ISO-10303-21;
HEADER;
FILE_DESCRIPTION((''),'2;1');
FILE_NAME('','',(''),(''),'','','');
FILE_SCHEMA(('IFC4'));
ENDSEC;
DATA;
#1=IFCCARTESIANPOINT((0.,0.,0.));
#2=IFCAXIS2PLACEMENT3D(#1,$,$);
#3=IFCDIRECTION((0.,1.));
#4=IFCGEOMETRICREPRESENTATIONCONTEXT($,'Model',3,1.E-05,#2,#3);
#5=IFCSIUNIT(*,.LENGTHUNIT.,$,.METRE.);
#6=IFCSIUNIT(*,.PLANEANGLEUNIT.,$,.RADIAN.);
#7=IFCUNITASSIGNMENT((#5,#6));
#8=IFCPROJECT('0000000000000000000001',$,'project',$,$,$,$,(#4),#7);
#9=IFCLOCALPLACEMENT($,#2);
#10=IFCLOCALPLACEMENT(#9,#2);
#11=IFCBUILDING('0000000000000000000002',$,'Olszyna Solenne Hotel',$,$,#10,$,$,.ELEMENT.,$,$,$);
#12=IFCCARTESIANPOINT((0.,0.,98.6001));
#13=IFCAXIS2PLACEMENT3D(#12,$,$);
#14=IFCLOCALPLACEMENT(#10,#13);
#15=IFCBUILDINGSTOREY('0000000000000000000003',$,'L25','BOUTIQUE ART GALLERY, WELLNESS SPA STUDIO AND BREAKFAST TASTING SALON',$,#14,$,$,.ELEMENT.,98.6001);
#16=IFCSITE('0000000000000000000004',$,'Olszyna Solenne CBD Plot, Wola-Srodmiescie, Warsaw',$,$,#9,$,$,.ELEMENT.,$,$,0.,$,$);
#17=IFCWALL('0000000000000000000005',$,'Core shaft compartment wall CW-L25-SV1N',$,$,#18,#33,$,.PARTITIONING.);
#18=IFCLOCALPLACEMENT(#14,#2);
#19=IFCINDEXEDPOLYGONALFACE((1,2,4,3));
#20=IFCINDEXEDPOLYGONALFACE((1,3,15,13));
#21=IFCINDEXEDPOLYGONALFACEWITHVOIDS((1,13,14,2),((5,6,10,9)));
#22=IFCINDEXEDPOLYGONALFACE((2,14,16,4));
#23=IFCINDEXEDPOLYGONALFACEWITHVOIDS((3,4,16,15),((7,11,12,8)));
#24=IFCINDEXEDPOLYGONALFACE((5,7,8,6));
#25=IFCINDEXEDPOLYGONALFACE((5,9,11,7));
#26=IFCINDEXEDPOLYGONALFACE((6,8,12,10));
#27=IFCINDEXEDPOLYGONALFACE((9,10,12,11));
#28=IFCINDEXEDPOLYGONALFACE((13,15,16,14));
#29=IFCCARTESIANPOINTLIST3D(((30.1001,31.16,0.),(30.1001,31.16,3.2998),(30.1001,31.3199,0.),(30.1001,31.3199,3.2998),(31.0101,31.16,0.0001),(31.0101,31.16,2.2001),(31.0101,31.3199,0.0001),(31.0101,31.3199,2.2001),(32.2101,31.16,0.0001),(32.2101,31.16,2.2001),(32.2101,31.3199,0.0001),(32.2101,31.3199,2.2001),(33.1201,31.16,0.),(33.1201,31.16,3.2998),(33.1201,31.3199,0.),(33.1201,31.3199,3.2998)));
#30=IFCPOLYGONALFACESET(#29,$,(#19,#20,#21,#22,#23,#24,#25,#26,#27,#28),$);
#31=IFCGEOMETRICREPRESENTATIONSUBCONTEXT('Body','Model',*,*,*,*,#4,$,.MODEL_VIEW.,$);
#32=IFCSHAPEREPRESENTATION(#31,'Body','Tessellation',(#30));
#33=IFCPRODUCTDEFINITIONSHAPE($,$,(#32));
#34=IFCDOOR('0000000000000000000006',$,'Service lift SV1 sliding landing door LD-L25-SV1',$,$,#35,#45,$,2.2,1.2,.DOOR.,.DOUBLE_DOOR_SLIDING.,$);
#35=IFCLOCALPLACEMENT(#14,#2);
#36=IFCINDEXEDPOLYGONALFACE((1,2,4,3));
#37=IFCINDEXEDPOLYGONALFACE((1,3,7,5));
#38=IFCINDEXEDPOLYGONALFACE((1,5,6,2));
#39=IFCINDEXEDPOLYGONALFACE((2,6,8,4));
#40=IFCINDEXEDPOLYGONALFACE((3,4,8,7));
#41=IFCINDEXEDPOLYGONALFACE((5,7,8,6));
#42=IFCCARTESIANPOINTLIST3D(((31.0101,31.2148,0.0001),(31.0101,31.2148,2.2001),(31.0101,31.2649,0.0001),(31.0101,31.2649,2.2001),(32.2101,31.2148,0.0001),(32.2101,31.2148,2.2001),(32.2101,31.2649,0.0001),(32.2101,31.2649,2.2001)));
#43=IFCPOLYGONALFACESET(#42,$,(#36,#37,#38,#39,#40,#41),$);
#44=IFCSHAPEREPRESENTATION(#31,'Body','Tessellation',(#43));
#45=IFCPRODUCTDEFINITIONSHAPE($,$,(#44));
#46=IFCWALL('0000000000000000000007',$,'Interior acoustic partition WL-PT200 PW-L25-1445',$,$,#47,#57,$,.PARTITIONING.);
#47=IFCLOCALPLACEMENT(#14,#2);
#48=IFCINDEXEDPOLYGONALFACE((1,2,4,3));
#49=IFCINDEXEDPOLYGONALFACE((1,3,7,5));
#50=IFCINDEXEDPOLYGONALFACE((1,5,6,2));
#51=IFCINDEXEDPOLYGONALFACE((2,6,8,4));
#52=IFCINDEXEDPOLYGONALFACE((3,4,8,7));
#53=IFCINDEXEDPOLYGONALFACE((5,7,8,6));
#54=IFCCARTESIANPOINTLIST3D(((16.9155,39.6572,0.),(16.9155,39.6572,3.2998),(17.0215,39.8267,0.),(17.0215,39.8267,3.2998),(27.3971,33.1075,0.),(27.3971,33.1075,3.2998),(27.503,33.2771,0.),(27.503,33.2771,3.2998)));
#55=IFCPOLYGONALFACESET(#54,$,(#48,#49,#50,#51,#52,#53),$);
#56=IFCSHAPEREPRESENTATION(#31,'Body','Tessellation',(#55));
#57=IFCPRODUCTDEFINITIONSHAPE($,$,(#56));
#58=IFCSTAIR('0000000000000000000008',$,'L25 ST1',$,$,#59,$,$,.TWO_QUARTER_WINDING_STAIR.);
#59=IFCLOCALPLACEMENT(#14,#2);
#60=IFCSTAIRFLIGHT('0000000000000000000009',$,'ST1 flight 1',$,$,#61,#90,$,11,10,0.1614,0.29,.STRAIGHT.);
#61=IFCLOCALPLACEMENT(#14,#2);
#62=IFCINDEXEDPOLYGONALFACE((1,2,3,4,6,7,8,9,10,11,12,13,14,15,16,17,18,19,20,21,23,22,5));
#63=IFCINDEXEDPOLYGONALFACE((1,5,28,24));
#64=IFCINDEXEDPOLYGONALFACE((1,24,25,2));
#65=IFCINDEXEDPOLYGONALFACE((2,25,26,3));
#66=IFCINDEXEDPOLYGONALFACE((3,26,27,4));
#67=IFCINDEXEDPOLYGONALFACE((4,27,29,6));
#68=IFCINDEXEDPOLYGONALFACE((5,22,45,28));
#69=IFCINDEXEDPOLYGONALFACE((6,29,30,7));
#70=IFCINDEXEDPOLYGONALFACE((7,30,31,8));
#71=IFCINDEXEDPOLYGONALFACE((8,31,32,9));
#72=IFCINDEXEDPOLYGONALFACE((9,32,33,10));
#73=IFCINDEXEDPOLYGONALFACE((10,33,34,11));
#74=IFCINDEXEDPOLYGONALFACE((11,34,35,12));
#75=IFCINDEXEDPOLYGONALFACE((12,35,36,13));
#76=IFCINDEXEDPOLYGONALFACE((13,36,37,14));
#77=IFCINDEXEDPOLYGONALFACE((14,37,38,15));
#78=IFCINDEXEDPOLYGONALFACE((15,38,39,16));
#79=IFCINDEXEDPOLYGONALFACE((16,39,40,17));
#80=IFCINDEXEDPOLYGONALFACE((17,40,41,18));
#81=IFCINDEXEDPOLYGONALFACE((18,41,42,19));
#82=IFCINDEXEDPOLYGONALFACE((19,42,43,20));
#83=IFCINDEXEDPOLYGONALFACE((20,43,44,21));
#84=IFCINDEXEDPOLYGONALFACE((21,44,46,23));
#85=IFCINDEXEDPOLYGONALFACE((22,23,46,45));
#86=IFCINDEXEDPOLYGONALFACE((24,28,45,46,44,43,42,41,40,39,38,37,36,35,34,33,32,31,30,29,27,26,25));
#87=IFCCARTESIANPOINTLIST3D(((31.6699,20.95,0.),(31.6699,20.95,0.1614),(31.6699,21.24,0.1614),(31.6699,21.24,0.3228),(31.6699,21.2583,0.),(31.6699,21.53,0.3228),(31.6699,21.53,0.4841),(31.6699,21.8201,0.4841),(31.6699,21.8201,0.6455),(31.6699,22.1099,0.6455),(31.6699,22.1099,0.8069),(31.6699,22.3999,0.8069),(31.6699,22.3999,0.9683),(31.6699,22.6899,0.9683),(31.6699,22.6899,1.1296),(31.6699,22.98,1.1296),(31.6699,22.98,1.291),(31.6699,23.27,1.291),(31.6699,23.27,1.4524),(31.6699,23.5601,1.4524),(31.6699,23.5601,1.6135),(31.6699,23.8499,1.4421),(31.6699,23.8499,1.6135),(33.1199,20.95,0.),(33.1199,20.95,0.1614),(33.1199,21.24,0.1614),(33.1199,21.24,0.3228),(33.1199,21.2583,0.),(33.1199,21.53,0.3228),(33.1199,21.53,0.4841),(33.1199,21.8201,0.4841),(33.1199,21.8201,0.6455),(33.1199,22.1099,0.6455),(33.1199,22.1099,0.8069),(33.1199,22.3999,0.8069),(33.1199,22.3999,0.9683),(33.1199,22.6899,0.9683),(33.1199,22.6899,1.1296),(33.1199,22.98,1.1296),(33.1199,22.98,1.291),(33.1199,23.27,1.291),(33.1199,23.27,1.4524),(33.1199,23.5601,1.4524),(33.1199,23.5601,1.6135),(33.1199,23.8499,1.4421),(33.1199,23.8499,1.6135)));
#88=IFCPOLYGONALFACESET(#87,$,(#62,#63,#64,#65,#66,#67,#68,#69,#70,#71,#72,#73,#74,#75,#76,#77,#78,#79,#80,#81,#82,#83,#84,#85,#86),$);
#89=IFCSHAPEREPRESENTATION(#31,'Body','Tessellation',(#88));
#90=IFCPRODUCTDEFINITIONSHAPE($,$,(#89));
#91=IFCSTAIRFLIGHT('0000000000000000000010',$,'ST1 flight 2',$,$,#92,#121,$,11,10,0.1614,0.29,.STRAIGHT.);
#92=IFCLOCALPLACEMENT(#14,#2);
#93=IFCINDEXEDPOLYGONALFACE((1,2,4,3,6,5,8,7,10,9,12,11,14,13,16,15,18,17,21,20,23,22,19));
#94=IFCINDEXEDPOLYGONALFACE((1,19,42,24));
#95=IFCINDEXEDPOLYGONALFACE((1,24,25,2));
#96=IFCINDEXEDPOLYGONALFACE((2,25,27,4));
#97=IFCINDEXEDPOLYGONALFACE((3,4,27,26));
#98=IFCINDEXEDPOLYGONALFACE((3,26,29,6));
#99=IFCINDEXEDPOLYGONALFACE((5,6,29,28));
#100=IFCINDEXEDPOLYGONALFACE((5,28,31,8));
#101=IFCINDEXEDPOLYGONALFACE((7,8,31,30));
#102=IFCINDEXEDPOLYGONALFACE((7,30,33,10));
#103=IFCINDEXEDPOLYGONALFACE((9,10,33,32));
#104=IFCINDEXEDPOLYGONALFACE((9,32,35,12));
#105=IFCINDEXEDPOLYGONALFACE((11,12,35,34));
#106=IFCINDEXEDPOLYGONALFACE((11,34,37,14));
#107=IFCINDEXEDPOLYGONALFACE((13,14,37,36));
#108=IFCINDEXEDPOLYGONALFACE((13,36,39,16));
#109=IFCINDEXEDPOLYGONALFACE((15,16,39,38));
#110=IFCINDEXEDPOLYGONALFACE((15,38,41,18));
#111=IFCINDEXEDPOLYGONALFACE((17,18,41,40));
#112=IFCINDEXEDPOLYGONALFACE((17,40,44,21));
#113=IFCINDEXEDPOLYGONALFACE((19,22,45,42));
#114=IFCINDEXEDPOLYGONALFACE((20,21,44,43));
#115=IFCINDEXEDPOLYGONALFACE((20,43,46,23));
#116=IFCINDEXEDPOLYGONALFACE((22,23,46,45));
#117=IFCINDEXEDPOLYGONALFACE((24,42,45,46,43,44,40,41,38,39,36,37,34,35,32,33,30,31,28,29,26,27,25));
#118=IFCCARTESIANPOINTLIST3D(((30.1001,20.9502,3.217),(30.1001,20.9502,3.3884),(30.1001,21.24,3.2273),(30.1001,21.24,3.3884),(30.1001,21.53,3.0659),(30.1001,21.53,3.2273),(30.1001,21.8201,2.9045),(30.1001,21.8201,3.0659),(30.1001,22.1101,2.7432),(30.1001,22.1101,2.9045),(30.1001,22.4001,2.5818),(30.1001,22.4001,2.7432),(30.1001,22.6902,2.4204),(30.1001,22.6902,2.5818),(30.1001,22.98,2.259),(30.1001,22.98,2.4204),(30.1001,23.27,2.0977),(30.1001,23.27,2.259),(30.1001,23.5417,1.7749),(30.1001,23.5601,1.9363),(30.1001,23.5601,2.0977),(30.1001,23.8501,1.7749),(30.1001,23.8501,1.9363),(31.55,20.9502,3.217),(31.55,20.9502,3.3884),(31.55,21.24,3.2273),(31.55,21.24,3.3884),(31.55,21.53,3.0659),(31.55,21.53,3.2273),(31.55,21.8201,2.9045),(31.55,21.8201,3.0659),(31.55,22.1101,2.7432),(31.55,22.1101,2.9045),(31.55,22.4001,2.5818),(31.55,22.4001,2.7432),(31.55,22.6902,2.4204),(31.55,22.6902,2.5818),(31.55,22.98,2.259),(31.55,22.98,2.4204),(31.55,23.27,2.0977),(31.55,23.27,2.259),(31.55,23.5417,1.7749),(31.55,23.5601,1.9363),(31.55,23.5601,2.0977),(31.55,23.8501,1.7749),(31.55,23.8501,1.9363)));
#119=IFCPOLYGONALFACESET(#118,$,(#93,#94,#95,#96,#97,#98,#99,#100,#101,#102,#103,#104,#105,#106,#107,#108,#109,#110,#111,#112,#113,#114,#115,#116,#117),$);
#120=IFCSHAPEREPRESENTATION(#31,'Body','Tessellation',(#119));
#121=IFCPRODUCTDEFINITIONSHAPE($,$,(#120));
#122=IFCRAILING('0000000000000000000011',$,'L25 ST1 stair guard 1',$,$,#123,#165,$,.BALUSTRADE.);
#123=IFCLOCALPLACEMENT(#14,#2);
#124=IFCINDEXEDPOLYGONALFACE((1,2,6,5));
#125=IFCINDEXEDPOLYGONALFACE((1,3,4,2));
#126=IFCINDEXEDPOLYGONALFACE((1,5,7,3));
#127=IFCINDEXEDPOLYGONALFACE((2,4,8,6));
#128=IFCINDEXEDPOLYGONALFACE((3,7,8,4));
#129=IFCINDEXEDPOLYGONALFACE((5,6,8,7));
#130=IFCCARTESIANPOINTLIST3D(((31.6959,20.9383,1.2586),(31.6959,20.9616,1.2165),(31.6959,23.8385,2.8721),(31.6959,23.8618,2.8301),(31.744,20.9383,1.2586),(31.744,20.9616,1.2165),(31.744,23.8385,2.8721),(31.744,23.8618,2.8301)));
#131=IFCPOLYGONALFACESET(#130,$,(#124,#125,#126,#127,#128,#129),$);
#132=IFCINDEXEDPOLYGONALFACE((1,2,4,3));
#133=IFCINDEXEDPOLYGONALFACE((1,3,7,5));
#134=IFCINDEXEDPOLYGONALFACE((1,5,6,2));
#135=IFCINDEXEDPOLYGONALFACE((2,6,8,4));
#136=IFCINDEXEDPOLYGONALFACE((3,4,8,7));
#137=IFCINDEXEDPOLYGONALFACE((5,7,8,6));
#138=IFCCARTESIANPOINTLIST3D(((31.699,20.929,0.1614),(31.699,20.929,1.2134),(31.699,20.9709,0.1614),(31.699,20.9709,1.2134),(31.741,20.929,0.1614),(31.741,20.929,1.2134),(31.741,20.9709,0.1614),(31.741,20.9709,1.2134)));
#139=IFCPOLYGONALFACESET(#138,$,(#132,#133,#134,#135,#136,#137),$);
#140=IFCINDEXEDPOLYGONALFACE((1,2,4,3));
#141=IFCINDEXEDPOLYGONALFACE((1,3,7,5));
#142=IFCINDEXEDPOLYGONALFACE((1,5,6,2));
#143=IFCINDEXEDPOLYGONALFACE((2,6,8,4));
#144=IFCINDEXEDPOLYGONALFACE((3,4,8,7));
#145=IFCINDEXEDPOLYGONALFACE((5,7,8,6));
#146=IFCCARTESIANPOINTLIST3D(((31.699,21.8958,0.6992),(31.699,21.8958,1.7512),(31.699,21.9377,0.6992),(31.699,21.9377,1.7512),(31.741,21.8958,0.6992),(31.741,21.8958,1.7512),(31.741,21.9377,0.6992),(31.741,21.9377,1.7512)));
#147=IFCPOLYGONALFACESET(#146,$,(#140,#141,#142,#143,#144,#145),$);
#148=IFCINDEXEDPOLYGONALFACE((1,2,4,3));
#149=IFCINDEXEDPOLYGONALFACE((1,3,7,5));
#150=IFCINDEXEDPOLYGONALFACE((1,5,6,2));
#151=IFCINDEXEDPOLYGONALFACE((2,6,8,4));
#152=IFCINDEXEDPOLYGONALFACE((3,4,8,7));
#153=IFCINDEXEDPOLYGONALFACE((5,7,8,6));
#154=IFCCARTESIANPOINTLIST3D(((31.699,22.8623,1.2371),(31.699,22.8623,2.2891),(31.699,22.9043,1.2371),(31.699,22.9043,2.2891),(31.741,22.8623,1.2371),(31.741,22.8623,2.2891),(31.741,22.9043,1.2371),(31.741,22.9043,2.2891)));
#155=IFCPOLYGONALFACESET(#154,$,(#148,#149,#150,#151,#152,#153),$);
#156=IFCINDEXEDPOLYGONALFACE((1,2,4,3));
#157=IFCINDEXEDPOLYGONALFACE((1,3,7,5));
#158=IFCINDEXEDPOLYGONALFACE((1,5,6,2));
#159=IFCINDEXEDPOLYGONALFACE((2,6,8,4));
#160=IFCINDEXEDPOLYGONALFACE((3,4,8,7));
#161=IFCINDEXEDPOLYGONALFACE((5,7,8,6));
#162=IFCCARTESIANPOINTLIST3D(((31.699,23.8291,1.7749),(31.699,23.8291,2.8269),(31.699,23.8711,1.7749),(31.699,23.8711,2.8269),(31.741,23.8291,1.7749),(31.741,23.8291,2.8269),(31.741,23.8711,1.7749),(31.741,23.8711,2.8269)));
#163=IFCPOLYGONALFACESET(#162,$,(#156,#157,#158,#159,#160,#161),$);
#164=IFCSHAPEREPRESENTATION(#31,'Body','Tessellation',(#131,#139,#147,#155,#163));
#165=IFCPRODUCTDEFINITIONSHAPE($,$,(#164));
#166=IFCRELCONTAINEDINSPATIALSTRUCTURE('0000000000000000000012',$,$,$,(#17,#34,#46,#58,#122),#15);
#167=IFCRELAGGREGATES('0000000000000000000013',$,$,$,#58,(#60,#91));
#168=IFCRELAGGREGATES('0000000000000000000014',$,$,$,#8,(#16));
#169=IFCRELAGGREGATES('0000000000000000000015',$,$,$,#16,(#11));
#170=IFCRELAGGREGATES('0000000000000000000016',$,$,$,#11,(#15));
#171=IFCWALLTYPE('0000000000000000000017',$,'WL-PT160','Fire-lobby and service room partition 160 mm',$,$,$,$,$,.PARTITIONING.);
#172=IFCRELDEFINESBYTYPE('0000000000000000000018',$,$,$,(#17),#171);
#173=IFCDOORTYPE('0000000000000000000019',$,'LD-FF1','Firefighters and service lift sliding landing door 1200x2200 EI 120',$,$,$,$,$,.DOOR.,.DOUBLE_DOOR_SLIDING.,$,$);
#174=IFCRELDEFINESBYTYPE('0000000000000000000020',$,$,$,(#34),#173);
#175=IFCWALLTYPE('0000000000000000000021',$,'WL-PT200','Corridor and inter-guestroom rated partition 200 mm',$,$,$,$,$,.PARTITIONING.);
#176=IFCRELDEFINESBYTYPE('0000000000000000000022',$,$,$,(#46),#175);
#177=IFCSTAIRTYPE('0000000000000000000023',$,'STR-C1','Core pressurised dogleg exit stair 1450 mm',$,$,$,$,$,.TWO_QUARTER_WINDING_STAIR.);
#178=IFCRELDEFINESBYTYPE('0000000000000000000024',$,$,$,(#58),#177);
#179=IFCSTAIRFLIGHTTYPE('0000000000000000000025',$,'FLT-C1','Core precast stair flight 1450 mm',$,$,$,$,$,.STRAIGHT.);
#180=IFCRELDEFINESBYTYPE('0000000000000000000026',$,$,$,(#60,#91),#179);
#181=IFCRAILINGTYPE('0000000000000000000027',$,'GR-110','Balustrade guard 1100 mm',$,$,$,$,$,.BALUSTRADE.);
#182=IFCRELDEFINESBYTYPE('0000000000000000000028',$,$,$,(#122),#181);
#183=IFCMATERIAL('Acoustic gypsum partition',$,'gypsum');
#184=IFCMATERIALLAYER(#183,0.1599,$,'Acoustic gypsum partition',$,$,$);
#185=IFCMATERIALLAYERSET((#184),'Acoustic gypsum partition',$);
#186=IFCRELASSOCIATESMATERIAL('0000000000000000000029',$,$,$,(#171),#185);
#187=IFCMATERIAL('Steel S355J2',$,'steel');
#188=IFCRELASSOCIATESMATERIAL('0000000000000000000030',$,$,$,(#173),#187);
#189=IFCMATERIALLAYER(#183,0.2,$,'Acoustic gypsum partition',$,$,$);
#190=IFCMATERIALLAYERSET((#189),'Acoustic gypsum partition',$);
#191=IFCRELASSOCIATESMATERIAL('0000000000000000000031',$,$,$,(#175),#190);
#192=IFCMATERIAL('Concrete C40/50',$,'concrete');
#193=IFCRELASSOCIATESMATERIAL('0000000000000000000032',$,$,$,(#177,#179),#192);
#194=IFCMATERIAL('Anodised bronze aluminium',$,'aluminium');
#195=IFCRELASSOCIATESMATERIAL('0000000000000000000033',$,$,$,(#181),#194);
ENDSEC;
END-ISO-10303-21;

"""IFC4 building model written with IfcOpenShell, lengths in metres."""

from ifc_helpers import new_model, si_unit, direction, frame, frame_2d, origin, origin_2d, place, context, subcontext, project, spatial, polyline, rectangle, outline, extrude, source, transform, mapped, material, layer, layer_set, type_object, type_shapes, element, fill, aggregate, save


model = new_model("IFC4")

# Units and contexts
model_context = context("Model", 3, precision=1e-05, world=origin(), true_north=direction((0.0, 1.0)))
body_context = subcontext(model_context, "Body", "Model", "MODEL_VIEW")
ifc_project = project(units=[si_unit("LENGTHUNIT", "METRE"), si_unit("PLANEANGLEUNIT", "RADIAN")], contexts=[model_context])

# Site, building, storey
site_placement = place(None, origin())
site = spatial("IfcSite", under=ifc_project, at=site_placement, Name="Olszyna Solenne CBD Plot, Wola-Srodmiescie, Warsaw", CompositionType="ELEMENT", RefElevation=0.0)
building_placement = place(site_placement, origin())
building = spatial("IfcBuilding", under=site, at=building_placement, Name="Olszyna Solenne Hotel", CompositionType="ELEMENT")
storey_placement = place(building_placement, frame((0.0, 0.0, 98.6001)))
storey = spatial("IfcBuildingStorey", under=building, at=storey_placement, Name="L25", Description="BOUTIQUE ART GALLERY, WELLNESS SPA STUDIO AND BREAKFAST TASTING SALON", CompositionType="ELEMENT", Elevation=98.6001)

# Shared definitions
ifc_material_1 = material(Name="Steel S355J2", Category="steel")

# Shared definitions
ifc_material_2 = material(Name="Anodised bronze aluminium", Category="aluminium")

# Shared definitions
ifc_material_3 = material(Name="Acoustic gypsum partition", Category="gypsum")
ifc_layer_1 = layer(ifc_material_3, 0.1599, Name="Acoustic gypsum partition")
ifc_layer_set_1 = layer_set([ifc_layer_1], Name="Acoustic gypsum partition")
wall_type_1 = type_object("IfcWallType", Name="WL-PT160", Description="Fire-lobby and service room partition 160 mm", PredefinedType="PARTITIONING", material=ifc_layer_set_1)

# Wall, opening, door
wall_1_placement = place(storey_placement, frame((30.1001, 31.24, 0.0), z_axis=(0.0, 0.0, 1.0), x_axis=(1.0, 0.0, 0.0)))
wall_1 = element("IfcWall", 1, at=wall_1_placement, inside=storey, type_object=wall_type_1, Name="Core shaft compartment wall CW-L25-SV1N", PredefinedType="PARTITIONING", context=body_context, shape_type="SweptSolid", body=[
    extrude(rectangle(XDim=3.02, YDim=0.1599, at=frame_2d((1.51, 0.0))), origin(), (0.0, 0.0, 1.0), 3.2998),
])
opening_1_placement = place(wall_1_placement, frame((0.9099, 0.0, 0.0)))
opening_1 = element("IfcOpeningElement", 2, at=opening_1_placement, cuts=wall_1, PredefinedType="OPENING", context=body_context, shape_type="SweptSolid", body=[
    extrude(rectangle(XDim=1.2, YDim=2.2, at=frame_2d((0.6001, 1.1001))), frame((0.0, 0.0898, 0.0), z_axis=(0.0, -1.0, 0.0), x_axis=(1.0, 0.0, 0.0)), (0.0, 0.0, 1.0), 0.1799),
])
door_type_1 = type_object("IfcDoorType", Name="LD-FF1", Description="Firefighters and service lift sliding landing door 1200x2200 EI 120", OperationType="DOUBLE_DOOR_SLIDING", PredefinedType="DOOR", material=ifc_material_1)
shared_shape_1 = source(origin(), body_context, "Body", "SweptSolid", [
    extrude(rectangle(XDim=1.2, YDim=2.2, at=frame_2d((0.6001, 1.1001))), frame((0.0, 0.0249, 0.0), z_axis=(0.0, -1.0, 0.0), x_axis=(1.0, 0.0, 0.0)), (0.0, 0.0, 1.0), 0.05),
])
type_shapes(door_type_1, [shared_shape_1])
door_1_placement = place(opening_1_placement, origin())
door_1 = element("IfcDoor", 3, at=door_1_placement, inside=storey, type_object=door_type_1, Name="Service lift SV1 sliding landing door LD-L25-SV1", OperationType="DOUBLE_DOOR_SLIDING", OverallHeight=2.2, OverallWidth=1.2, PredefinedType="DOOR", context=body_context, shape_type="MappedRepresentation", body=[
    mapped(shared_shape_1, transform((0.0, 0.0, 0.0), x_axis=(1.0, 0.0, 0.0), y_axis=(0.0, 1.0, 0.0), z_axis=(0.0, 0.0, 1.0), scale=1.0)),
])
fill(opening_1, door_1)

# Wall
ifc_layer_2 = layer(ifc_material_3, 0.2, Name="Acoustic gypsum partition")
ifc_layer_set_2 = layer_set([ifc_layer_2], Name="Acoustic gypsum partition")
wall_type_2 = type_object("IfcWallType", Name="WL-PT200", Description="Corridor and inter-guestroom rated partition 200 mm", PredefinedType="PARTITIONING", material=ifc_layer_set_2)
wall_2_placement = place(storey_placement, frame((27.45, 33.1924, 0.0), z_axis=(0.0, 0.0, 1.0), x_axis=(-0.848047, 0.529921, 0.0)))
element("IfcWall", 4, at=wall_2_placement, inside=storey, type_object=wall_type_2, Name="Interior acoustic partition WL-PT200 PW-L25-1445", PredefinedType="PARTITIONING", context=body_context, shape_type="SweptSolid", body=[
    extrude(rectangle(XDim=12.3596, YDim=0.2, at=frame_2d((6.1797, 0.0))), origin(), (0.0, 0.0, 1.0), 3.2998),
])

# Stair, stair flights
ifc_material_4 = material(Name="Concrete C40/50", Category="concrete")
stair_type = type_object("IfcStairType", Name="STR-C1", Description="Core pressurised dogleg exit stair 1450 mm", PredefinedType="TWO_QUARTER_WINDING_STAIR", material=ifc_material_4)
stair_placement = place(storey_placement, origin())
stair = element("IfcStair", 5, at=stair_placement, inside=storey, type_object=stair_type, Name="L25 ST1", PredefinedType="TWO_QUARTER_WINDING_STAIR")
stair_flight_type = type_object("IfcStairFlightType", Name="FLT-C1", Description="Core precast stair flight 1450 mm", PredefinedType="STRAIGHT", material=ifc_material_4)
stair_flight_1_placement = place(storey_placement, frame((32.395, 20.95, 0.0), z_axis=(0.0, 0.0, 1.0), x_axis=(0.0, 1.0, 0.0)))
stair_flight_1 = element("IfcStairFlight", 6, at=stair_flight_1_placement, type_object=stair_flight_type, Name="ST1 flight 1", NumberOfRisers=11, NumberOfTreads=10, PredefinedType="STRAIGHT", RiserHeight=0.1614, TreadLength=0.29, context=body_context, shape_type="SweptSolid", body=[
    extrude(outline(polyline([(0.0, 0.0), (0.0, 0.1614), (0.29, 0.1614), (0.29, 0.3228), (0.5801, 0.3228), (0.5801, 0.4841), (0.8701, 0.4841), (0.8701, 0.6455), (1.1599, 0.6455), (1.1599, 0.8069), (1.45, 0.8069), (1.45, 0.9683), (1.74, 0.9683), (1.74, 1.1296), (2.03, 1.1296), (2.03, 1.291), (2.3201, 1.291), (2.3201, 1.4524), (2.6101, 1.4524), (2.6101, 1.6135), (2.8999, 1.6135), (2.8999, 1.7749), (2.8999, 1.4421), (0.3083, 0.0), (0.0, 0.0)])), frame((0.0, 0.7251, 0.0), z_axis=(0.0, -1.0, 0.0), x_axis=(1.0, 0.0, 0.0)), (0.0, 0.0, 1.0), 1.45),
])
stair_flight_2_placement = place(storey_placement, frame((30.825, 23.8501, 1.7749), z_axis=(0.0, 0.0, 1.0), x_axis=(0.0, -1.0, 0.0)))
stair_flight_2 = element("IfcStairFlight", 7, at=stair_flight_2_placement, type_object=stair_flight_type, Name="ST1 flight 2", NumberOfRisers=11, NumberOfTreads=10, PredefinedType="STRAIGHT", RiserHeight=0.1614, TreadLength=0.29, context=body_context, shape_type="SweptSolid", body=[
    extrude(outline(polyline([(0.0, 0.0), (0.0, 0.1614), (0.29, 0.1614), (0.29, 0.3228), (0.5801, 0.3228), (0.5801, 0.4841), (0.8701, 0.4841), (0.8701, 0.6455), (1.1599, 0.6455), (1.1599, 0.8069), (1.45, 0.8069), (1.45, 0.9683), (1.74, 0.9683), (1.74, 1.1296), (2.03, 1.1296), (2.03, 1.291), (2.3201, 1.291), (2.3201, 1.4524), (2.6101, 1.4524), (2.6101, 1.6135), (2.8999, 1.6135), (2.8999, 1.7749), (2.8999, 1.4421), (0.3083, 0.0), (0.0, 0.0)])), frame((0.0, 0.7251, 0.0), z_axis=(0.0, -1.0, 0.0), x_axis=(1.0, 0.0, 0.0)), (0.0, 0.0, 1.0), 1.45),
])
aggregate(stair, [stair_flight_1, stair_flight_2])

# Railing
railing_type_1 = type_object("IfcRailingType", Name="GR-110", Description="Balustrade guard 1100 mm", PredefinedType="BALUSTRADE", material=ifc_material_2)
railing_1_placement = place(storey_placement, frame((31.72, 20.95, 0.1614)))
element("IfcRailing", 8, at=railing_1_placement, inside=storey, type_object=railing_type_1, Name="L25 ST1 stair guard 1", PredefinedType="BALUSTRADE", context=body_context, shape_type="SweptSolid", body=[
    extrude(rectangle(XDim=0.0481, YDim=0.0481, at=origin_2d()), frame((0.0, 0.0, 1.0762), z_axis=(0.0, 0.873859, 0.48618), x_axis=(-1.0, 0.0, 0.0)), (0.0, 0.0, 1.0), 3.3188),
    extrude(rectangle(XDim=0.042, YDim=0.042, at=origin_2d()), origin(), (0.0, 0.0, 1.0), 1.052),
    extrude(rectangle(XDim=0.042, YDim=0.042, at=origin_2d()), frame((0.0, 0.9668, 0.5378)), (0.0, 0.0, 1.0), 1.052),
    extrude(rectangle(XDim=0.042, YDim=0.042, at=origin_2d()), frame((0.0, 1.9333, 1.0757)), (0.0, 0.0, 1.0), 1.052),
    extrude(rectangle(XDim=0.042, YDim=0.042, at=origin_2d()), frame((0.0, 2.9001, 1.6135)), (0.0, 0.0, 1.0), 1.052),
])

save(model, "model.ifc")
